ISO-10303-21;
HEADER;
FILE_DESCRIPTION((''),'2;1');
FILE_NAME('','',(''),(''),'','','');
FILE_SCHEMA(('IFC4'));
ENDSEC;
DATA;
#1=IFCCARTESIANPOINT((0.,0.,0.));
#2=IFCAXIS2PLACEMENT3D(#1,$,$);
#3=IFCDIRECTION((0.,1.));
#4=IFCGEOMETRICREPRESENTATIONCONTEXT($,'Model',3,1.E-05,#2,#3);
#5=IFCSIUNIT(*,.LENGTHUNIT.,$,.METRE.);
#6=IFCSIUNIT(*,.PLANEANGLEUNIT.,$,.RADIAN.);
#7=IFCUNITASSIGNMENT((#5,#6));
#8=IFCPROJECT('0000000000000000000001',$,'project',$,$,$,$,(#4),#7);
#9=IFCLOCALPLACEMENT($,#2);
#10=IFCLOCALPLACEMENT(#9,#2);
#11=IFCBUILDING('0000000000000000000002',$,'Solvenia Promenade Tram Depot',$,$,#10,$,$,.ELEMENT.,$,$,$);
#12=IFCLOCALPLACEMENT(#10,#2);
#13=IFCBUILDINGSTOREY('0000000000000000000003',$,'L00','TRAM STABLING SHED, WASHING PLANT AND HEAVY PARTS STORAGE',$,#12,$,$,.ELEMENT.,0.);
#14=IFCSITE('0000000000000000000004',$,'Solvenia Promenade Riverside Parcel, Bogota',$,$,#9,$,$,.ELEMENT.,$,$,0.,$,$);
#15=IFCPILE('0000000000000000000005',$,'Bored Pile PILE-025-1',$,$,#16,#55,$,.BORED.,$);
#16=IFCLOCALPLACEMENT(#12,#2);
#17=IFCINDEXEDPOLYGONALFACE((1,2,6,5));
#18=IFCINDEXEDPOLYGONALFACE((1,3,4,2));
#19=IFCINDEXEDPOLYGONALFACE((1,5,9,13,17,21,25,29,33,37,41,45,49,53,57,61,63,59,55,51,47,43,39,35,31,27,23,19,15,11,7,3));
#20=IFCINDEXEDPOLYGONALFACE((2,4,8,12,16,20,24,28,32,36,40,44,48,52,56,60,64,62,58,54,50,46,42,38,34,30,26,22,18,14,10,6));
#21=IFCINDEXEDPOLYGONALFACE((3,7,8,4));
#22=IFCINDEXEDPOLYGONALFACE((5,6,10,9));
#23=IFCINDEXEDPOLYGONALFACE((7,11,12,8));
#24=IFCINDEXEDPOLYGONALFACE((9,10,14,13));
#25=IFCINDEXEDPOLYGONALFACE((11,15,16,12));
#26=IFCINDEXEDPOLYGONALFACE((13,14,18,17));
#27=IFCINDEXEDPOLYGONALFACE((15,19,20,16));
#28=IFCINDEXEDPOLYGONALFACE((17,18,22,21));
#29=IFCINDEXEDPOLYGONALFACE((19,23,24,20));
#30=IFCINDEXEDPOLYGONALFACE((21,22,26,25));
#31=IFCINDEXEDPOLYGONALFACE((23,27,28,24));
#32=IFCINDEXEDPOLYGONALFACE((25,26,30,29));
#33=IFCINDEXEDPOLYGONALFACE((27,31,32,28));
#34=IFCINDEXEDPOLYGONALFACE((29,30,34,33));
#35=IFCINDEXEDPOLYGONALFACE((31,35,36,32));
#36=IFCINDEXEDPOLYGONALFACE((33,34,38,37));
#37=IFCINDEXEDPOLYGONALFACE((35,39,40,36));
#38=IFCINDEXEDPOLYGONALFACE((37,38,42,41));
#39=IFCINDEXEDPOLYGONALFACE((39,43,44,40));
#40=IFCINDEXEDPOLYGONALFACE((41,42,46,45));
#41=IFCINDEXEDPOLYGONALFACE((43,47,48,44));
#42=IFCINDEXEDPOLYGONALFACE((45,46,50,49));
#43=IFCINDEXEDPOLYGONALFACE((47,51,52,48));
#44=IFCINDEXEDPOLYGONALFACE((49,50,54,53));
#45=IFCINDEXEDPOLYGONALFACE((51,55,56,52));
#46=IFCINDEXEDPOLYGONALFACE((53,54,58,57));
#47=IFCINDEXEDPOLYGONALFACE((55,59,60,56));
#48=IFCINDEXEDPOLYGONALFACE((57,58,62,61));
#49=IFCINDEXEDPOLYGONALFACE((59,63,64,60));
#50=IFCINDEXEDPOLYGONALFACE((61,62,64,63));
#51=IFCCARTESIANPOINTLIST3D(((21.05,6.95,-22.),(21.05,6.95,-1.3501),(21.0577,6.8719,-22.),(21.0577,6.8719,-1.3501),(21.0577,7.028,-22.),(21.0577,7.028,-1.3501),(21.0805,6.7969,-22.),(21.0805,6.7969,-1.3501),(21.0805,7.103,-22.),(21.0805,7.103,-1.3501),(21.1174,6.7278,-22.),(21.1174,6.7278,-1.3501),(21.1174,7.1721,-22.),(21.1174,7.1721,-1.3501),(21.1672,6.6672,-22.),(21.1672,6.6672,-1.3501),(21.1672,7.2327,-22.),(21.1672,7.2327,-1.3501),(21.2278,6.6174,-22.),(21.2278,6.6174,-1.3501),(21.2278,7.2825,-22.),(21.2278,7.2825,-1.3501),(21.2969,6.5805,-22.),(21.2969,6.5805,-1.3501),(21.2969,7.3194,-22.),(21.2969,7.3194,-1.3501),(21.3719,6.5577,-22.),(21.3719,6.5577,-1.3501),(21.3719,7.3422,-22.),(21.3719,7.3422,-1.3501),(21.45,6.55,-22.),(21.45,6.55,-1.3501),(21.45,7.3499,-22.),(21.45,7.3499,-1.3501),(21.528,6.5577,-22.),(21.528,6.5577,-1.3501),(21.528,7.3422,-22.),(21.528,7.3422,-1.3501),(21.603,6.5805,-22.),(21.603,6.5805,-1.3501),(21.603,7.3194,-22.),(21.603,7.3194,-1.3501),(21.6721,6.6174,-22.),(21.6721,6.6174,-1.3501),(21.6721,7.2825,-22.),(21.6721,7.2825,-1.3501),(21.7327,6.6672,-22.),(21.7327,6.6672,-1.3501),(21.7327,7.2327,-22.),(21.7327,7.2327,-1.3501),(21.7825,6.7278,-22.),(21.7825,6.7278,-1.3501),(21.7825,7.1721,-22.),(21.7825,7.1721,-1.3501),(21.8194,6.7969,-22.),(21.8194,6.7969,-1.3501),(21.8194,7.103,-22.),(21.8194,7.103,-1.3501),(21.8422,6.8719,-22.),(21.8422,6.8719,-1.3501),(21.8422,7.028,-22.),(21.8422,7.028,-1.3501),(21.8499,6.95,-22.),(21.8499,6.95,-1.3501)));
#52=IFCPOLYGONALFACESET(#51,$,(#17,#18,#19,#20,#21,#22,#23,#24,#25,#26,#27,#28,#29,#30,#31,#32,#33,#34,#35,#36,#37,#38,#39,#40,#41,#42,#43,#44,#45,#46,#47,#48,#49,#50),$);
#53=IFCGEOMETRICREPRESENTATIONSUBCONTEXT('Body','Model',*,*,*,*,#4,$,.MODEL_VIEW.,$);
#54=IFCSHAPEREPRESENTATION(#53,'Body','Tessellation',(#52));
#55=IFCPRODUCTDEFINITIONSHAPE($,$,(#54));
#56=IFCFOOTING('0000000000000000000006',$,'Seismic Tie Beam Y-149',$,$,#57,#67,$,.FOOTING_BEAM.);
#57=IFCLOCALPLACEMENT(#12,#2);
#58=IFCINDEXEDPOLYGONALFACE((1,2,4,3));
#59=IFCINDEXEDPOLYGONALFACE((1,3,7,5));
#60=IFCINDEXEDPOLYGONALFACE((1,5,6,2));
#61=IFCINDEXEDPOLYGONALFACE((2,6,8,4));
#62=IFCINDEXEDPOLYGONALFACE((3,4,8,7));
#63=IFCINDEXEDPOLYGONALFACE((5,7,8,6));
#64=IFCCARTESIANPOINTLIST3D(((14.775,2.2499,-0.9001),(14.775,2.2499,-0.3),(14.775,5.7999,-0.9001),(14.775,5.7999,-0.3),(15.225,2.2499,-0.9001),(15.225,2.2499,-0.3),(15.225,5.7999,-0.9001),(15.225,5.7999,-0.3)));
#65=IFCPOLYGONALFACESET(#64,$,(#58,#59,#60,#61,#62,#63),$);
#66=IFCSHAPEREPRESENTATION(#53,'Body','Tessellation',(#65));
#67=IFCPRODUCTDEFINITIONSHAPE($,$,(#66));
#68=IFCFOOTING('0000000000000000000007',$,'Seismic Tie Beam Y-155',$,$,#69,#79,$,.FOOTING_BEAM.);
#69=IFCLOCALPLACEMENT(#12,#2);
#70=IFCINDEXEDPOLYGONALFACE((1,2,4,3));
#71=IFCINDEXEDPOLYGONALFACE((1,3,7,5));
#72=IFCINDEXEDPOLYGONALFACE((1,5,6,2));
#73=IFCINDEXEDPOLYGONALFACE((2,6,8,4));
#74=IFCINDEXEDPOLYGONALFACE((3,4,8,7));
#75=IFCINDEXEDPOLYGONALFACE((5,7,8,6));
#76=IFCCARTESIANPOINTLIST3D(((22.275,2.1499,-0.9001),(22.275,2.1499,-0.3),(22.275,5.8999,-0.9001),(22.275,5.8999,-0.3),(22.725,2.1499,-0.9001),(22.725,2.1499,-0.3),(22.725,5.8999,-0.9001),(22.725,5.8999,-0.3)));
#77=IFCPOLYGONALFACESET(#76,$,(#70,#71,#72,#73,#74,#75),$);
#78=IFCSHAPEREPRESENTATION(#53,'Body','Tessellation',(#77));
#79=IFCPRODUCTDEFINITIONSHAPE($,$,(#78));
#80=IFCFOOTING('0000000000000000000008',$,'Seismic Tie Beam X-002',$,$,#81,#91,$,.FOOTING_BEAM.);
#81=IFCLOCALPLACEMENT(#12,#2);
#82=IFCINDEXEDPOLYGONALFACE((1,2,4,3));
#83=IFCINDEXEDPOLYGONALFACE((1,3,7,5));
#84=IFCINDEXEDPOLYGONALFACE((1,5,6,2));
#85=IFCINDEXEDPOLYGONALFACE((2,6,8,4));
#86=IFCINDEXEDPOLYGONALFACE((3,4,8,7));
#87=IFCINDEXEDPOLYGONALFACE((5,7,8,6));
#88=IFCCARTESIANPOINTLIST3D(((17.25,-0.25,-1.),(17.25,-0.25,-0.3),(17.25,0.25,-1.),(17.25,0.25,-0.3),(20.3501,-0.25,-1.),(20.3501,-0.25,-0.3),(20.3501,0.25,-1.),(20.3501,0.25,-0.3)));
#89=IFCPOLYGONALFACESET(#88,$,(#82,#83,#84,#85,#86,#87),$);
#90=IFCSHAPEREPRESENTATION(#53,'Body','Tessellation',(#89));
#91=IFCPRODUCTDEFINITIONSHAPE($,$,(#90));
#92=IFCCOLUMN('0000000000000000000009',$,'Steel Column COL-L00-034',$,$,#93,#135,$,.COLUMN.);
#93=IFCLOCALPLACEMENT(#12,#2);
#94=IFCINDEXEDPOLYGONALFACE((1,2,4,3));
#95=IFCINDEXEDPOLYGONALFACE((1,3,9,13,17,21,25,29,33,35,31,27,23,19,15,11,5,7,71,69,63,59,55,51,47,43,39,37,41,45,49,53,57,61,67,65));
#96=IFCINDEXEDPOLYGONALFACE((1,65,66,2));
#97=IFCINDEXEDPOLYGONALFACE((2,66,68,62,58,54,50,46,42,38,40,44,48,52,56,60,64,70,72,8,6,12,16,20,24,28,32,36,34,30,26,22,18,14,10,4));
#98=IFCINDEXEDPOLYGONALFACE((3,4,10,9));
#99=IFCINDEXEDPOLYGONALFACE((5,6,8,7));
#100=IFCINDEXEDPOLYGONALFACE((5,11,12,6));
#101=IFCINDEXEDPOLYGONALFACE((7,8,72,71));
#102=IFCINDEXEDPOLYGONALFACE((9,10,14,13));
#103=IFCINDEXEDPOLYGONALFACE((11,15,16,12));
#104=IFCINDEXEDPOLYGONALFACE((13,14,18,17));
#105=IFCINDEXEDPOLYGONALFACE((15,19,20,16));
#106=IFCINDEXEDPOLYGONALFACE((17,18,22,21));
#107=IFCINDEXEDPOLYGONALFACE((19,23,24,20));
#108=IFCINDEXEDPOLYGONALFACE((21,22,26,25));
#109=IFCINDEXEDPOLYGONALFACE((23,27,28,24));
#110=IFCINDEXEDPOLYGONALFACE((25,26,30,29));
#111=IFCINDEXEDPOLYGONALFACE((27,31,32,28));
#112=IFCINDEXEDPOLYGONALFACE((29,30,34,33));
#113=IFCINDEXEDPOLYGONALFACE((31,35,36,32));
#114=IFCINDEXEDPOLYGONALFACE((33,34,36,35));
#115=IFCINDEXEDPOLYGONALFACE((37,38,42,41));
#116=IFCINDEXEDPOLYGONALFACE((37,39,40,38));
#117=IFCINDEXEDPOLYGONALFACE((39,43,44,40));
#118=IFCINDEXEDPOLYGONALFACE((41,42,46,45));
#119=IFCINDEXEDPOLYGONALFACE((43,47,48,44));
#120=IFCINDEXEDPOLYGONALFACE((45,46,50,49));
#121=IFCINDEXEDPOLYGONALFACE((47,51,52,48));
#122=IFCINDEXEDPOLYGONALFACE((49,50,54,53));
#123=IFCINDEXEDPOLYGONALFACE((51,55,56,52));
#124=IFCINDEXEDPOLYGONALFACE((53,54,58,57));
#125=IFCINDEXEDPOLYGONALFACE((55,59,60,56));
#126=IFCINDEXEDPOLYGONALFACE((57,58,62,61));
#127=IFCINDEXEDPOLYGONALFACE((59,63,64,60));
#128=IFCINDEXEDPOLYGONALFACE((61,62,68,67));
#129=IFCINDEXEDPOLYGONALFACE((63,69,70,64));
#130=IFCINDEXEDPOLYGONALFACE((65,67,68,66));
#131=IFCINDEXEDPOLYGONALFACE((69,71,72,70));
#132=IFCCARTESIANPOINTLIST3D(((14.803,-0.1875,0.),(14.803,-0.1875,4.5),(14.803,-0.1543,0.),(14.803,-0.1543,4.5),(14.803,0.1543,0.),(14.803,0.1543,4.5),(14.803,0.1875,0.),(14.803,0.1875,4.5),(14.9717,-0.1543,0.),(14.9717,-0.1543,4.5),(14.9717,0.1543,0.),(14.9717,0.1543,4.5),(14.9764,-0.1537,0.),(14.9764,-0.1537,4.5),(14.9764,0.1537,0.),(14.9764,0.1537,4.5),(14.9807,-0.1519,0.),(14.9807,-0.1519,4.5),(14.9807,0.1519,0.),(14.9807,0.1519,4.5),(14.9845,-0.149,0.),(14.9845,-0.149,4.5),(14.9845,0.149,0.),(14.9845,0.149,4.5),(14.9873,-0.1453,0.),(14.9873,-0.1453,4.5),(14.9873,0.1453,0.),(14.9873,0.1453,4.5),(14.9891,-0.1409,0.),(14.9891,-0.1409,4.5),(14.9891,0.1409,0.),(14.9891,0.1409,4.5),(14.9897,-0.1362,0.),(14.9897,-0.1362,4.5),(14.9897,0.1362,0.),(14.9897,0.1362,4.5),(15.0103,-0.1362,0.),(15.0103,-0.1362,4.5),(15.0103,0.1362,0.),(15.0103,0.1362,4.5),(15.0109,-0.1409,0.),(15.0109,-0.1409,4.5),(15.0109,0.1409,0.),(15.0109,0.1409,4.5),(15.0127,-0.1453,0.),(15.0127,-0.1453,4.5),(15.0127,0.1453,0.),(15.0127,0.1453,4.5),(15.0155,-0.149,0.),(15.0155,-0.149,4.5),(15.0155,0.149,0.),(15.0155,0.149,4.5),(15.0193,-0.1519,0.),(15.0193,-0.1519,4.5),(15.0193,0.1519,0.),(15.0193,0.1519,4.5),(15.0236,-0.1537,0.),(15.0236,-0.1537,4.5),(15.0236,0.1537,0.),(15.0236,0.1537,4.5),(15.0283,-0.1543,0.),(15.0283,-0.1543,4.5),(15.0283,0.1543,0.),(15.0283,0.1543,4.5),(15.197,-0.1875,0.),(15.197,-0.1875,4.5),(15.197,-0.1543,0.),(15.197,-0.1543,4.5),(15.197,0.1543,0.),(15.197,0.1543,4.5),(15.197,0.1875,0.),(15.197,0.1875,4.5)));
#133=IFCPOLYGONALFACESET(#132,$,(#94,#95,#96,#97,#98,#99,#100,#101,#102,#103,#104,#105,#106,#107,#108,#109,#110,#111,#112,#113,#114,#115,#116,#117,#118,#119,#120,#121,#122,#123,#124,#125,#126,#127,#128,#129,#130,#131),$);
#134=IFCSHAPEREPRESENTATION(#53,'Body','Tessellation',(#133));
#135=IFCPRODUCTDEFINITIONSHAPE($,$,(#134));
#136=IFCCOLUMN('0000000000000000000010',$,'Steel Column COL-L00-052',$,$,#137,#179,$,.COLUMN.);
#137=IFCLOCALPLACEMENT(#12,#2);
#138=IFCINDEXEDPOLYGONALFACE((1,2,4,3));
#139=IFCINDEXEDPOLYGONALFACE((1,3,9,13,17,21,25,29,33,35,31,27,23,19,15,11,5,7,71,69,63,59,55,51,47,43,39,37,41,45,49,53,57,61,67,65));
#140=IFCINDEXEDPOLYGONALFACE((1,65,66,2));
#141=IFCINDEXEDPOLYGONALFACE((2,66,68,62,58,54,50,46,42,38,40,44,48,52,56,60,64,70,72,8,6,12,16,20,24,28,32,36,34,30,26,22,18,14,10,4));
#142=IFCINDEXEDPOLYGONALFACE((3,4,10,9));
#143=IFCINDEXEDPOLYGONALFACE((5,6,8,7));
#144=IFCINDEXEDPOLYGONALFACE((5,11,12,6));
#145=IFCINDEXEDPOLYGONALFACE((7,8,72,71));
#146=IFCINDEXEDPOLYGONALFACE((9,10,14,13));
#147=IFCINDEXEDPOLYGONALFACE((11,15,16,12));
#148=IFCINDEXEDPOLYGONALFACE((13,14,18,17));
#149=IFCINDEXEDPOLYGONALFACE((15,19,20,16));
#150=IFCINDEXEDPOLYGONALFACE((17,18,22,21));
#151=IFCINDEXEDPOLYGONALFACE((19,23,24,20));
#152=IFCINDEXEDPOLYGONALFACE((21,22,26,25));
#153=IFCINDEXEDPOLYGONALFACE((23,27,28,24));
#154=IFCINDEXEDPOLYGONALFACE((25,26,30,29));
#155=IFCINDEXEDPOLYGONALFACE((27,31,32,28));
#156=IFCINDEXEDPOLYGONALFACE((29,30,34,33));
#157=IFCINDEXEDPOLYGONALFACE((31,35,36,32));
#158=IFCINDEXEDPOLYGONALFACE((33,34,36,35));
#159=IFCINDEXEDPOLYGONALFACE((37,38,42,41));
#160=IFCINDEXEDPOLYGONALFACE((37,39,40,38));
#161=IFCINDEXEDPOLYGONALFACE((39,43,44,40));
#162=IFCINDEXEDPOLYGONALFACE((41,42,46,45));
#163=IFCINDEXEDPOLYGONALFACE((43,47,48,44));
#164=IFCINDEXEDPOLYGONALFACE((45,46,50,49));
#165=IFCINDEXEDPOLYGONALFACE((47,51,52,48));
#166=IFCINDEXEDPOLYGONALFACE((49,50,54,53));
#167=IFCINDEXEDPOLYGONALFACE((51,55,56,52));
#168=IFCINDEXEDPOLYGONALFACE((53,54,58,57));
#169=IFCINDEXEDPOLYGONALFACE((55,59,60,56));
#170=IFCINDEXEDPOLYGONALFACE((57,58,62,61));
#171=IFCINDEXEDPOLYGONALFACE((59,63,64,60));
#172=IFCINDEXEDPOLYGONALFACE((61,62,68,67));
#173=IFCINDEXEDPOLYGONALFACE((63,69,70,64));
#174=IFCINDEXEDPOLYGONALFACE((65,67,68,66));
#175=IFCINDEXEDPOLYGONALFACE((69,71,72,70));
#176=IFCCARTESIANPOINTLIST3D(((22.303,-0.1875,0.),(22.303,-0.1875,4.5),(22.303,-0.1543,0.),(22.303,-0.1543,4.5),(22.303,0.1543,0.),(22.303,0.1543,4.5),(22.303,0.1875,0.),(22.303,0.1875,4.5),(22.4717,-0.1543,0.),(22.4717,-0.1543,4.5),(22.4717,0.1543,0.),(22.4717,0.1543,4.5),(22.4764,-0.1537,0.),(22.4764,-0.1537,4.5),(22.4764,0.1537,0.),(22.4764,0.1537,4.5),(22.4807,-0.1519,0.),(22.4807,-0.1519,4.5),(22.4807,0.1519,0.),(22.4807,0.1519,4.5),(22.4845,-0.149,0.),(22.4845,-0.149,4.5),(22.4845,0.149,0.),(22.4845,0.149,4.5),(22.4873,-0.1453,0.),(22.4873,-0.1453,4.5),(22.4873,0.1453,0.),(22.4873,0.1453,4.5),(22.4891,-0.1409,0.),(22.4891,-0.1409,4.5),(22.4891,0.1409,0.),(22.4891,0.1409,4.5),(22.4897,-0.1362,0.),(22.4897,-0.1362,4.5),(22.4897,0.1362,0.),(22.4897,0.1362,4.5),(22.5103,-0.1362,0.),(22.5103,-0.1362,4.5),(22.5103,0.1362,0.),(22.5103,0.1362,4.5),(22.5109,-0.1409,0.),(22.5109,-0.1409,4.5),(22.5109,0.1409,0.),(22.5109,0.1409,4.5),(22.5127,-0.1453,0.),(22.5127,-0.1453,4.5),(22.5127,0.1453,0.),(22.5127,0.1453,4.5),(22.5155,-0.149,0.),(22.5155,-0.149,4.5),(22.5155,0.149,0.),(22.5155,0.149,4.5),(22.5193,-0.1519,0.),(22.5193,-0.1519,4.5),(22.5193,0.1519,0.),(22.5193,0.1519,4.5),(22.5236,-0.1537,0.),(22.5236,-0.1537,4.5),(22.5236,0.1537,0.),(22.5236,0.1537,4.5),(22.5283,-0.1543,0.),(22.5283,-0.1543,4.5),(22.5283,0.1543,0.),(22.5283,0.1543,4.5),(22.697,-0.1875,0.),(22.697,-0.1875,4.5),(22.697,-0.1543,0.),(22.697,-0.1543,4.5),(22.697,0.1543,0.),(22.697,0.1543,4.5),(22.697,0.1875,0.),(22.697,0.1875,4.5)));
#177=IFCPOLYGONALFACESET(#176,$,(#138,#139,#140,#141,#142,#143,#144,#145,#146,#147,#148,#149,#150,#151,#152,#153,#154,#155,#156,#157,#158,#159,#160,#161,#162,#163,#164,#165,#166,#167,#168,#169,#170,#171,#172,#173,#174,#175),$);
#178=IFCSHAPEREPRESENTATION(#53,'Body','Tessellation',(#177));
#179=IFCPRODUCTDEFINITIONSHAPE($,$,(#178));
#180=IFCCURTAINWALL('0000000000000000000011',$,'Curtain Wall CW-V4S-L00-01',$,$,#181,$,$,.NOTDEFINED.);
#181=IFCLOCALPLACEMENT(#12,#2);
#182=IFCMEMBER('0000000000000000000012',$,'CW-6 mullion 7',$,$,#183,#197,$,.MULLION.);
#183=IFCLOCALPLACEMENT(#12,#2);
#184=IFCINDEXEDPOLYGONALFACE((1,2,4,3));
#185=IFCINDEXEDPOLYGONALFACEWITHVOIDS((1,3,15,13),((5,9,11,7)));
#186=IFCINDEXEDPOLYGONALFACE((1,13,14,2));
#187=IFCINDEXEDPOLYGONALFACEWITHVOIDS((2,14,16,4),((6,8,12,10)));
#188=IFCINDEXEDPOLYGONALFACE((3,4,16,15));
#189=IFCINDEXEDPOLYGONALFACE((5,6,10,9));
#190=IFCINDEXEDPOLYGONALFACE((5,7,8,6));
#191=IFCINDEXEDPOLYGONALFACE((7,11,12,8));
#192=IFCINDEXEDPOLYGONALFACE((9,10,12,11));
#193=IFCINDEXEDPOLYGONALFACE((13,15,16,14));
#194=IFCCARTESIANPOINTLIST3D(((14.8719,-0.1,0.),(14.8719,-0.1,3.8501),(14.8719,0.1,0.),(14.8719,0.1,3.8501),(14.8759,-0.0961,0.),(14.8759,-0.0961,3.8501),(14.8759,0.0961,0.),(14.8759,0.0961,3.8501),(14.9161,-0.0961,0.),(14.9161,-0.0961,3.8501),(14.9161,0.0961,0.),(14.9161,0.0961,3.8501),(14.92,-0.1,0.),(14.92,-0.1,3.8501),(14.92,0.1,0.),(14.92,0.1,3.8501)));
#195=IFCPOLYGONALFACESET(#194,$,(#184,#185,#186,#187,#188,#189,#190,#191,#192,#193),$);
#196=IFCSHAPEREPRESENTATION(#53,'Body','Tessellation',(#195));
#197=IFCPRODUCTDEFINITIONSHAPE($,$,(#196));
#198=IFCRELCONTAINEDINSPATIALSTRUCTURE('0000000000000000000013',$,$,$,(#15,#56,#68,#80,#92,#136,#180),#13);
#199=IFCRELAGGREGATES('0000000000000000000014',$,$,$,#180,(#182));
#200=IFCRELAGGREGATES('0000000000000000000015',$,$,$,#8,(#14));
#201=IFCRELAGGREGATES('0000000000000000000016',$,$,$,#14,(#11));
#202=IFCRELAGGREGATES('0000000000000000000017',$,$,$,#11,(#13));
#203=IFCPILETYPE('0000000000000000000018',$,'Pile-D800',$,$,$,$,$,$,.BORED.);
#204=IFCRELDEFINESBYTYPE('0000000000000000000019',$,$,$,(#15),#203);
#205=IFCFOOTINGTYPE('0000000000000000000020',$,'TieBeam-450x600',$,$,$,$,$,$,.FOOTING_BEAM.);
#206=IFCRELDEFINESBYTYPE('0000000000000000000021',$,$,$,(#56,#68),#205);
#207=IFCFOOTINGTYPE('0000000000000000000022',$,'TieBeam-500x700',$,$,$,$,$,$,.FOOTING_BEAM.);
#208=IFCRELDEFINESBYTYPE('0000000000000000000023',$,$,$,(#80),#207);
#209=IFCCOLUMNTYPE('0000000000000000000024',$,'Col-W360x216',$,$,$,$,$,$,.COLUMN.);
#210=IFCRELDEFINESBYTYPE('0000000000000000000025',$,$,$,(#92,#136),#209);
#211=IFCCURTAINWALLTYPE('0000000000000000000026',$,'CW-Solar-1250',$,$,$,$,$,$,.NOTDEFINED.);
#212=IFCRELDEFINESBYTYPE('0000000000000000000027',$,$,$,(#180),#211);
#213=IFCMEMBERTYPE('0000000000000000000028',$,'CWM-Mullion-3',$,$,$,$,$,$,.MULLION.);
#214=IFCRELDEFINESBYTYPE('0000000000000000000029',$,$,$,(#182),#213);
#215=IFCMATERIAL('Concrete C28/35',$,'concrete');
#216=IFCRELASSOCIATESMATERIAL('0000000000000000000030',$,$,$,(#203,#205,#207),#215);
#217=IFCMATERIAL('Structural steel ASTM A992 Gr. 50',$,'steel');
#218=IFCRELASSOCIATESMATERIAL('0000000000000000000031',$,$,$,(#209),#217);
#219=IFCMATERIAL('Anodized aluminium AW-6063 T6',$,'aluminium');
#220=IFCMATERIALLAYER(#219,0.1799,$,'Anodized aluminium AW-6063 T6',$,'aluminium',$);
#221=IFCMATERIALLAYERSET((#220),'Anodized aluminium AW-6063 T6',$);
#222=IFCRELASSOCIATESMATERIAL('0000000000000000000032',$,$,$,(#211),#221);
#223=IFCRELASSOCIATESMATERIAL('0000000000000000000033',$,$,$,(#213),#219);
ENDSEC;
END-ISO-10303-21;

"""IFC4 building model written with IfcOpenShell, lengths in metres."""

from ifc_helpers import new_model, si_unit, direction, frame, origin, origin_2d, place, context, subcontext, project, spatial, rectangle, hollow_rectangle, circle, i_section, extrude, material, layer, layer_set, material_profile, profile_set, type_object, element, aggregate, save


model = new_model("IFC4")

# Units and contexts
model_context = context("Model", 3, precision=1e-05, world=origin(), true_north=direction((0.0, 1.0)))
body_context = subcontext(model_context, "Body", "Model", "MODEL_VIEW")
ifc_project = project(units=[si_unit("LENGTHUNIT", "METRE"), si_unit("PLANEANGLEUNIT", "RADIAN")], contexts=[model_context])

# Site, building, storey
site_placement = place(None, origin())
site = spatial("IfcSite", under=ifc_project, at=site_placement, Name="Solvenia Promenade Riverside Parcel, Bogota", CompositionType="ELEMENT", RefElevation=0.0)
building_placement = place(site_placement, origin())
building = spatial("IfcBuilding", under=site, at=building_placement, Name="Solvenia Promenade Tram Depot", CompositionType="ELEMENT")
storey_placement = place(building_placement, origin())
storey = spatial("IfcBuildingStorey", under=building, at=storey_placement, Name="L00", Description="TRAM STABLING SHED, WASHING PLANT AND HEAVY PARTS STORAGE", CompositionType="ELEMENT", Elevation=0.0)

# Shared definitions
ifc_material_1 = material(Name="Concrete C28/35", Category="concrete")

# Pile
ifc_material_profile_1 = material_profile(ifc_material_1, circle(Radius=0.3999, at=origin_2d()), Name="D800", Category="concrete")
ifc_profile_set_1 = profile_set([ifc_material_profile_1], Name="Concrete C28/35")
pile_type_1 = type_object("IfcPileType", Name="Pile-D800", PredefinedType="BORED", material=ifc_profile_set_1)
pile_placement = place(storey_placement, frame((21.45, 6.95, -1.3501), z_axis=(0.0, 0.0, -1.0), x_axis=(1.0, 0.0, 0.0)))
element("IfcPile", 1, at=pile_placement, inside=storey, type_object=pile_type_1, Name="Bored Pile PILE-025-1", PredefinedType="BORED", context=body_context, shape_type="SweptSolid", body=[
    extrude(circle(Radius=0.3999, at=origin_2d()), origin(), (0.0, 0.0, 1.0), 20.6499),
])

# Footings
footing_type_1 = type_object("IfcFootingType", Name="TieBeam-450x600", PredefinedType="FOOTING_BEAM", material=ifc_material_1)
footing_1_placement = place(storey_placement, frame((15.0, 4.0249, -0.9001), z_axis=(0.0, 0.0, 1.0), x_axis=(1.0, 0.0, 0.0)))
element("IfcFooting", 2, at=footing_1_placement, inside=storey, type_object=footing_type_1, Name="Seismic Tie Beam Y-149", PredefinedType="FOOTING_BEAM", context=body_context, shape_type="SweptSolid", body=[
    extrude(rectangle(XDim=0.45, YDim=3.55, at=origin_2d()), origin(), (0.0, 0.0, 1.0), 0.6001),
])
footing_2_placement = place(storey_placement, frame((22.5, 4.0249, -0.9001), z_axis=(0.0, 0.0, 1.0), x_axis=(1.0, 0.0, 0.0)))
element("IfcFooting", 3, at=footing_2_placement, inside=storey, type_object=footing_type_1, Name="Seismic Tie Beam Y-155", PredefinedType="FOOTING_BEAM", context=body_context, shape_type="SweptSolid", body=[
    extrude(rectangle(XDim=0.45, YDim=3.75, at=origin_2d()), origin(), (0.0, 0.0, 1.0), 0.6001),
])
footing_type_2 = type_object("IfcFootingType", Name="TieBeam-500x700", PredefinedType="FOOTING_BEAM", material=ifc_material_1)
footing_3_placement = place(storey_placement, frame((18.8, 0.0, -1.0), z_axis=(0.0, 0.0, 1.0), x_axis=(1.0, 0.0, 0.0)))
element("IfcFooting", 4, at=footing_3_placement, inside=storey, type_object=footing_type_2, Name="Seismic Tie Beam X-002", PredefinedType="FOOTING_BEAM", context=body_context, shape_type="SweptSolid", body=[
    extrude(rectangle(XDim=3.1001, YDim=0.5, at=origin_2d()), origin(), (0.0, 0.0, 1.0), 0.7),
])

# Columns
ifc_material_2 = material(Name="Structural steel ASTM A992 Gr. 50", Category="steel")
ifc_material_profile_2 = material_profile(ifc_material_2, i_section(OverallWidth=0.394, OverallDepth=0.375, WebThickness=0.0205, FlangeThickness=0.0332, FilletRadius=0.0181, at=origin_2d()), Name="W360x216", Category="steel")
ifc_profile_set_2 = profile_set([ifc_material_profile_2], Name="Structural steel ASTM A992 Gr. 50")
column_type = type_object("IfcColumnType", Name="Col-W360x216", PredefinedType="COLUMN", material=ifc_profile_set_2)
for number, where, z_axis, x_axis, name in (
    (5, (15.0, 0.0, 0.0), (0.0, 0.0, 1.0), (1.0, 0.0, 0.0), "Steel Column COL-L00-034"),
    (6, (22.5, 0.0, 0.0), (0.0, 0.0, 1.0), (1.0, 0.0, 0.0), "Steel Column COL-L00-052"),
):
    element("IfcColumn", number, at=place(storey_placement, frame(where, z_axis=z_axis, x_axis=x_axis)), inside=storey, type_object=column_type, Name=name, PredefinedType="COLUMN", context=body_context, shape_type="SweptSolid", body=[
        extrude(i_section(OverallWidth=0.394, OverallDepth=0.375, WebThickness=0.0205, FlangeThickness=0.0332, FilletRadius=0.0181, at=origin_2d()), origin(), (0.0, 0.0, 1.0), 4.5),
    ])

# Curtain wall, member
ifc_material_3 = material(Name="Anodized aluminium AW-6063 T6", Category="aluminium")
ifc_layer_1 = layer(ifc_material_3, 0.1799, Name="Anodized aluminium AW-6063 T6", Category="aluminium")
ifc_layer_set_1 = layer_set([ifc_layer_1], Name="Anodized aluminium AW-6063 T6")
curtain_wall_type = type_object("IfcCurtainWallType", Name="CW-Solar-1250", PredefinedType="NOTDEFINED", material=ifc_layer_set_1)
curtain_wall_1_placement = place(storey_placement, origin())
curtain_wall_1 = element("IfcCurtainWall", 7, at=curtain_wall_1_placement, inside=storey, type_object=curtain_wall_type, Name="Curtain Wall CW-V4S-L00-01", PredefinedType="NOTDEFINED")
ifc_material_profile_3 = material_profile(ifc_material_3, hollow_rectangle(XDim=0.2, YDim=0.0481, WallThickness=0.0039, at=origin_2d()), Name="ALU-M3", Category="aluminium")
ifc_profile_set_3 = profile_set([ifc_material_profile_3], Name="Anodized aluminium AW-6063 T6")
member_type_1 = type_object("IfcMemberType", Name="CWM-Mullion-3", PredefinedType="MULLION", material=ifc_profile_set_3)
member_1_placement = place(storey_placement, frame((14.896, 0.0, 0.0), z_axis=(0.0, 0.0, 1.0), x_axis=(0.0, 1.0, 0.0)))
member_1 = element("IfcMember", 8, at=member_1_placement, type_object=member_type_1, Name="CW-6 mullion 7", PredefinedType="MULLION", context=body_context, shape_type="SweptSolid", body=[
    extrude(hollow_rectangle(XDim=0.2, YDim=0.0481, WallThickness=0.0039, at=origin_2d()), origin(), (0.0, 0.0, 1.0), 3.8501),
])

aggregate(curtain_wall_1, [member_1])

save(model, "model.ifc")
